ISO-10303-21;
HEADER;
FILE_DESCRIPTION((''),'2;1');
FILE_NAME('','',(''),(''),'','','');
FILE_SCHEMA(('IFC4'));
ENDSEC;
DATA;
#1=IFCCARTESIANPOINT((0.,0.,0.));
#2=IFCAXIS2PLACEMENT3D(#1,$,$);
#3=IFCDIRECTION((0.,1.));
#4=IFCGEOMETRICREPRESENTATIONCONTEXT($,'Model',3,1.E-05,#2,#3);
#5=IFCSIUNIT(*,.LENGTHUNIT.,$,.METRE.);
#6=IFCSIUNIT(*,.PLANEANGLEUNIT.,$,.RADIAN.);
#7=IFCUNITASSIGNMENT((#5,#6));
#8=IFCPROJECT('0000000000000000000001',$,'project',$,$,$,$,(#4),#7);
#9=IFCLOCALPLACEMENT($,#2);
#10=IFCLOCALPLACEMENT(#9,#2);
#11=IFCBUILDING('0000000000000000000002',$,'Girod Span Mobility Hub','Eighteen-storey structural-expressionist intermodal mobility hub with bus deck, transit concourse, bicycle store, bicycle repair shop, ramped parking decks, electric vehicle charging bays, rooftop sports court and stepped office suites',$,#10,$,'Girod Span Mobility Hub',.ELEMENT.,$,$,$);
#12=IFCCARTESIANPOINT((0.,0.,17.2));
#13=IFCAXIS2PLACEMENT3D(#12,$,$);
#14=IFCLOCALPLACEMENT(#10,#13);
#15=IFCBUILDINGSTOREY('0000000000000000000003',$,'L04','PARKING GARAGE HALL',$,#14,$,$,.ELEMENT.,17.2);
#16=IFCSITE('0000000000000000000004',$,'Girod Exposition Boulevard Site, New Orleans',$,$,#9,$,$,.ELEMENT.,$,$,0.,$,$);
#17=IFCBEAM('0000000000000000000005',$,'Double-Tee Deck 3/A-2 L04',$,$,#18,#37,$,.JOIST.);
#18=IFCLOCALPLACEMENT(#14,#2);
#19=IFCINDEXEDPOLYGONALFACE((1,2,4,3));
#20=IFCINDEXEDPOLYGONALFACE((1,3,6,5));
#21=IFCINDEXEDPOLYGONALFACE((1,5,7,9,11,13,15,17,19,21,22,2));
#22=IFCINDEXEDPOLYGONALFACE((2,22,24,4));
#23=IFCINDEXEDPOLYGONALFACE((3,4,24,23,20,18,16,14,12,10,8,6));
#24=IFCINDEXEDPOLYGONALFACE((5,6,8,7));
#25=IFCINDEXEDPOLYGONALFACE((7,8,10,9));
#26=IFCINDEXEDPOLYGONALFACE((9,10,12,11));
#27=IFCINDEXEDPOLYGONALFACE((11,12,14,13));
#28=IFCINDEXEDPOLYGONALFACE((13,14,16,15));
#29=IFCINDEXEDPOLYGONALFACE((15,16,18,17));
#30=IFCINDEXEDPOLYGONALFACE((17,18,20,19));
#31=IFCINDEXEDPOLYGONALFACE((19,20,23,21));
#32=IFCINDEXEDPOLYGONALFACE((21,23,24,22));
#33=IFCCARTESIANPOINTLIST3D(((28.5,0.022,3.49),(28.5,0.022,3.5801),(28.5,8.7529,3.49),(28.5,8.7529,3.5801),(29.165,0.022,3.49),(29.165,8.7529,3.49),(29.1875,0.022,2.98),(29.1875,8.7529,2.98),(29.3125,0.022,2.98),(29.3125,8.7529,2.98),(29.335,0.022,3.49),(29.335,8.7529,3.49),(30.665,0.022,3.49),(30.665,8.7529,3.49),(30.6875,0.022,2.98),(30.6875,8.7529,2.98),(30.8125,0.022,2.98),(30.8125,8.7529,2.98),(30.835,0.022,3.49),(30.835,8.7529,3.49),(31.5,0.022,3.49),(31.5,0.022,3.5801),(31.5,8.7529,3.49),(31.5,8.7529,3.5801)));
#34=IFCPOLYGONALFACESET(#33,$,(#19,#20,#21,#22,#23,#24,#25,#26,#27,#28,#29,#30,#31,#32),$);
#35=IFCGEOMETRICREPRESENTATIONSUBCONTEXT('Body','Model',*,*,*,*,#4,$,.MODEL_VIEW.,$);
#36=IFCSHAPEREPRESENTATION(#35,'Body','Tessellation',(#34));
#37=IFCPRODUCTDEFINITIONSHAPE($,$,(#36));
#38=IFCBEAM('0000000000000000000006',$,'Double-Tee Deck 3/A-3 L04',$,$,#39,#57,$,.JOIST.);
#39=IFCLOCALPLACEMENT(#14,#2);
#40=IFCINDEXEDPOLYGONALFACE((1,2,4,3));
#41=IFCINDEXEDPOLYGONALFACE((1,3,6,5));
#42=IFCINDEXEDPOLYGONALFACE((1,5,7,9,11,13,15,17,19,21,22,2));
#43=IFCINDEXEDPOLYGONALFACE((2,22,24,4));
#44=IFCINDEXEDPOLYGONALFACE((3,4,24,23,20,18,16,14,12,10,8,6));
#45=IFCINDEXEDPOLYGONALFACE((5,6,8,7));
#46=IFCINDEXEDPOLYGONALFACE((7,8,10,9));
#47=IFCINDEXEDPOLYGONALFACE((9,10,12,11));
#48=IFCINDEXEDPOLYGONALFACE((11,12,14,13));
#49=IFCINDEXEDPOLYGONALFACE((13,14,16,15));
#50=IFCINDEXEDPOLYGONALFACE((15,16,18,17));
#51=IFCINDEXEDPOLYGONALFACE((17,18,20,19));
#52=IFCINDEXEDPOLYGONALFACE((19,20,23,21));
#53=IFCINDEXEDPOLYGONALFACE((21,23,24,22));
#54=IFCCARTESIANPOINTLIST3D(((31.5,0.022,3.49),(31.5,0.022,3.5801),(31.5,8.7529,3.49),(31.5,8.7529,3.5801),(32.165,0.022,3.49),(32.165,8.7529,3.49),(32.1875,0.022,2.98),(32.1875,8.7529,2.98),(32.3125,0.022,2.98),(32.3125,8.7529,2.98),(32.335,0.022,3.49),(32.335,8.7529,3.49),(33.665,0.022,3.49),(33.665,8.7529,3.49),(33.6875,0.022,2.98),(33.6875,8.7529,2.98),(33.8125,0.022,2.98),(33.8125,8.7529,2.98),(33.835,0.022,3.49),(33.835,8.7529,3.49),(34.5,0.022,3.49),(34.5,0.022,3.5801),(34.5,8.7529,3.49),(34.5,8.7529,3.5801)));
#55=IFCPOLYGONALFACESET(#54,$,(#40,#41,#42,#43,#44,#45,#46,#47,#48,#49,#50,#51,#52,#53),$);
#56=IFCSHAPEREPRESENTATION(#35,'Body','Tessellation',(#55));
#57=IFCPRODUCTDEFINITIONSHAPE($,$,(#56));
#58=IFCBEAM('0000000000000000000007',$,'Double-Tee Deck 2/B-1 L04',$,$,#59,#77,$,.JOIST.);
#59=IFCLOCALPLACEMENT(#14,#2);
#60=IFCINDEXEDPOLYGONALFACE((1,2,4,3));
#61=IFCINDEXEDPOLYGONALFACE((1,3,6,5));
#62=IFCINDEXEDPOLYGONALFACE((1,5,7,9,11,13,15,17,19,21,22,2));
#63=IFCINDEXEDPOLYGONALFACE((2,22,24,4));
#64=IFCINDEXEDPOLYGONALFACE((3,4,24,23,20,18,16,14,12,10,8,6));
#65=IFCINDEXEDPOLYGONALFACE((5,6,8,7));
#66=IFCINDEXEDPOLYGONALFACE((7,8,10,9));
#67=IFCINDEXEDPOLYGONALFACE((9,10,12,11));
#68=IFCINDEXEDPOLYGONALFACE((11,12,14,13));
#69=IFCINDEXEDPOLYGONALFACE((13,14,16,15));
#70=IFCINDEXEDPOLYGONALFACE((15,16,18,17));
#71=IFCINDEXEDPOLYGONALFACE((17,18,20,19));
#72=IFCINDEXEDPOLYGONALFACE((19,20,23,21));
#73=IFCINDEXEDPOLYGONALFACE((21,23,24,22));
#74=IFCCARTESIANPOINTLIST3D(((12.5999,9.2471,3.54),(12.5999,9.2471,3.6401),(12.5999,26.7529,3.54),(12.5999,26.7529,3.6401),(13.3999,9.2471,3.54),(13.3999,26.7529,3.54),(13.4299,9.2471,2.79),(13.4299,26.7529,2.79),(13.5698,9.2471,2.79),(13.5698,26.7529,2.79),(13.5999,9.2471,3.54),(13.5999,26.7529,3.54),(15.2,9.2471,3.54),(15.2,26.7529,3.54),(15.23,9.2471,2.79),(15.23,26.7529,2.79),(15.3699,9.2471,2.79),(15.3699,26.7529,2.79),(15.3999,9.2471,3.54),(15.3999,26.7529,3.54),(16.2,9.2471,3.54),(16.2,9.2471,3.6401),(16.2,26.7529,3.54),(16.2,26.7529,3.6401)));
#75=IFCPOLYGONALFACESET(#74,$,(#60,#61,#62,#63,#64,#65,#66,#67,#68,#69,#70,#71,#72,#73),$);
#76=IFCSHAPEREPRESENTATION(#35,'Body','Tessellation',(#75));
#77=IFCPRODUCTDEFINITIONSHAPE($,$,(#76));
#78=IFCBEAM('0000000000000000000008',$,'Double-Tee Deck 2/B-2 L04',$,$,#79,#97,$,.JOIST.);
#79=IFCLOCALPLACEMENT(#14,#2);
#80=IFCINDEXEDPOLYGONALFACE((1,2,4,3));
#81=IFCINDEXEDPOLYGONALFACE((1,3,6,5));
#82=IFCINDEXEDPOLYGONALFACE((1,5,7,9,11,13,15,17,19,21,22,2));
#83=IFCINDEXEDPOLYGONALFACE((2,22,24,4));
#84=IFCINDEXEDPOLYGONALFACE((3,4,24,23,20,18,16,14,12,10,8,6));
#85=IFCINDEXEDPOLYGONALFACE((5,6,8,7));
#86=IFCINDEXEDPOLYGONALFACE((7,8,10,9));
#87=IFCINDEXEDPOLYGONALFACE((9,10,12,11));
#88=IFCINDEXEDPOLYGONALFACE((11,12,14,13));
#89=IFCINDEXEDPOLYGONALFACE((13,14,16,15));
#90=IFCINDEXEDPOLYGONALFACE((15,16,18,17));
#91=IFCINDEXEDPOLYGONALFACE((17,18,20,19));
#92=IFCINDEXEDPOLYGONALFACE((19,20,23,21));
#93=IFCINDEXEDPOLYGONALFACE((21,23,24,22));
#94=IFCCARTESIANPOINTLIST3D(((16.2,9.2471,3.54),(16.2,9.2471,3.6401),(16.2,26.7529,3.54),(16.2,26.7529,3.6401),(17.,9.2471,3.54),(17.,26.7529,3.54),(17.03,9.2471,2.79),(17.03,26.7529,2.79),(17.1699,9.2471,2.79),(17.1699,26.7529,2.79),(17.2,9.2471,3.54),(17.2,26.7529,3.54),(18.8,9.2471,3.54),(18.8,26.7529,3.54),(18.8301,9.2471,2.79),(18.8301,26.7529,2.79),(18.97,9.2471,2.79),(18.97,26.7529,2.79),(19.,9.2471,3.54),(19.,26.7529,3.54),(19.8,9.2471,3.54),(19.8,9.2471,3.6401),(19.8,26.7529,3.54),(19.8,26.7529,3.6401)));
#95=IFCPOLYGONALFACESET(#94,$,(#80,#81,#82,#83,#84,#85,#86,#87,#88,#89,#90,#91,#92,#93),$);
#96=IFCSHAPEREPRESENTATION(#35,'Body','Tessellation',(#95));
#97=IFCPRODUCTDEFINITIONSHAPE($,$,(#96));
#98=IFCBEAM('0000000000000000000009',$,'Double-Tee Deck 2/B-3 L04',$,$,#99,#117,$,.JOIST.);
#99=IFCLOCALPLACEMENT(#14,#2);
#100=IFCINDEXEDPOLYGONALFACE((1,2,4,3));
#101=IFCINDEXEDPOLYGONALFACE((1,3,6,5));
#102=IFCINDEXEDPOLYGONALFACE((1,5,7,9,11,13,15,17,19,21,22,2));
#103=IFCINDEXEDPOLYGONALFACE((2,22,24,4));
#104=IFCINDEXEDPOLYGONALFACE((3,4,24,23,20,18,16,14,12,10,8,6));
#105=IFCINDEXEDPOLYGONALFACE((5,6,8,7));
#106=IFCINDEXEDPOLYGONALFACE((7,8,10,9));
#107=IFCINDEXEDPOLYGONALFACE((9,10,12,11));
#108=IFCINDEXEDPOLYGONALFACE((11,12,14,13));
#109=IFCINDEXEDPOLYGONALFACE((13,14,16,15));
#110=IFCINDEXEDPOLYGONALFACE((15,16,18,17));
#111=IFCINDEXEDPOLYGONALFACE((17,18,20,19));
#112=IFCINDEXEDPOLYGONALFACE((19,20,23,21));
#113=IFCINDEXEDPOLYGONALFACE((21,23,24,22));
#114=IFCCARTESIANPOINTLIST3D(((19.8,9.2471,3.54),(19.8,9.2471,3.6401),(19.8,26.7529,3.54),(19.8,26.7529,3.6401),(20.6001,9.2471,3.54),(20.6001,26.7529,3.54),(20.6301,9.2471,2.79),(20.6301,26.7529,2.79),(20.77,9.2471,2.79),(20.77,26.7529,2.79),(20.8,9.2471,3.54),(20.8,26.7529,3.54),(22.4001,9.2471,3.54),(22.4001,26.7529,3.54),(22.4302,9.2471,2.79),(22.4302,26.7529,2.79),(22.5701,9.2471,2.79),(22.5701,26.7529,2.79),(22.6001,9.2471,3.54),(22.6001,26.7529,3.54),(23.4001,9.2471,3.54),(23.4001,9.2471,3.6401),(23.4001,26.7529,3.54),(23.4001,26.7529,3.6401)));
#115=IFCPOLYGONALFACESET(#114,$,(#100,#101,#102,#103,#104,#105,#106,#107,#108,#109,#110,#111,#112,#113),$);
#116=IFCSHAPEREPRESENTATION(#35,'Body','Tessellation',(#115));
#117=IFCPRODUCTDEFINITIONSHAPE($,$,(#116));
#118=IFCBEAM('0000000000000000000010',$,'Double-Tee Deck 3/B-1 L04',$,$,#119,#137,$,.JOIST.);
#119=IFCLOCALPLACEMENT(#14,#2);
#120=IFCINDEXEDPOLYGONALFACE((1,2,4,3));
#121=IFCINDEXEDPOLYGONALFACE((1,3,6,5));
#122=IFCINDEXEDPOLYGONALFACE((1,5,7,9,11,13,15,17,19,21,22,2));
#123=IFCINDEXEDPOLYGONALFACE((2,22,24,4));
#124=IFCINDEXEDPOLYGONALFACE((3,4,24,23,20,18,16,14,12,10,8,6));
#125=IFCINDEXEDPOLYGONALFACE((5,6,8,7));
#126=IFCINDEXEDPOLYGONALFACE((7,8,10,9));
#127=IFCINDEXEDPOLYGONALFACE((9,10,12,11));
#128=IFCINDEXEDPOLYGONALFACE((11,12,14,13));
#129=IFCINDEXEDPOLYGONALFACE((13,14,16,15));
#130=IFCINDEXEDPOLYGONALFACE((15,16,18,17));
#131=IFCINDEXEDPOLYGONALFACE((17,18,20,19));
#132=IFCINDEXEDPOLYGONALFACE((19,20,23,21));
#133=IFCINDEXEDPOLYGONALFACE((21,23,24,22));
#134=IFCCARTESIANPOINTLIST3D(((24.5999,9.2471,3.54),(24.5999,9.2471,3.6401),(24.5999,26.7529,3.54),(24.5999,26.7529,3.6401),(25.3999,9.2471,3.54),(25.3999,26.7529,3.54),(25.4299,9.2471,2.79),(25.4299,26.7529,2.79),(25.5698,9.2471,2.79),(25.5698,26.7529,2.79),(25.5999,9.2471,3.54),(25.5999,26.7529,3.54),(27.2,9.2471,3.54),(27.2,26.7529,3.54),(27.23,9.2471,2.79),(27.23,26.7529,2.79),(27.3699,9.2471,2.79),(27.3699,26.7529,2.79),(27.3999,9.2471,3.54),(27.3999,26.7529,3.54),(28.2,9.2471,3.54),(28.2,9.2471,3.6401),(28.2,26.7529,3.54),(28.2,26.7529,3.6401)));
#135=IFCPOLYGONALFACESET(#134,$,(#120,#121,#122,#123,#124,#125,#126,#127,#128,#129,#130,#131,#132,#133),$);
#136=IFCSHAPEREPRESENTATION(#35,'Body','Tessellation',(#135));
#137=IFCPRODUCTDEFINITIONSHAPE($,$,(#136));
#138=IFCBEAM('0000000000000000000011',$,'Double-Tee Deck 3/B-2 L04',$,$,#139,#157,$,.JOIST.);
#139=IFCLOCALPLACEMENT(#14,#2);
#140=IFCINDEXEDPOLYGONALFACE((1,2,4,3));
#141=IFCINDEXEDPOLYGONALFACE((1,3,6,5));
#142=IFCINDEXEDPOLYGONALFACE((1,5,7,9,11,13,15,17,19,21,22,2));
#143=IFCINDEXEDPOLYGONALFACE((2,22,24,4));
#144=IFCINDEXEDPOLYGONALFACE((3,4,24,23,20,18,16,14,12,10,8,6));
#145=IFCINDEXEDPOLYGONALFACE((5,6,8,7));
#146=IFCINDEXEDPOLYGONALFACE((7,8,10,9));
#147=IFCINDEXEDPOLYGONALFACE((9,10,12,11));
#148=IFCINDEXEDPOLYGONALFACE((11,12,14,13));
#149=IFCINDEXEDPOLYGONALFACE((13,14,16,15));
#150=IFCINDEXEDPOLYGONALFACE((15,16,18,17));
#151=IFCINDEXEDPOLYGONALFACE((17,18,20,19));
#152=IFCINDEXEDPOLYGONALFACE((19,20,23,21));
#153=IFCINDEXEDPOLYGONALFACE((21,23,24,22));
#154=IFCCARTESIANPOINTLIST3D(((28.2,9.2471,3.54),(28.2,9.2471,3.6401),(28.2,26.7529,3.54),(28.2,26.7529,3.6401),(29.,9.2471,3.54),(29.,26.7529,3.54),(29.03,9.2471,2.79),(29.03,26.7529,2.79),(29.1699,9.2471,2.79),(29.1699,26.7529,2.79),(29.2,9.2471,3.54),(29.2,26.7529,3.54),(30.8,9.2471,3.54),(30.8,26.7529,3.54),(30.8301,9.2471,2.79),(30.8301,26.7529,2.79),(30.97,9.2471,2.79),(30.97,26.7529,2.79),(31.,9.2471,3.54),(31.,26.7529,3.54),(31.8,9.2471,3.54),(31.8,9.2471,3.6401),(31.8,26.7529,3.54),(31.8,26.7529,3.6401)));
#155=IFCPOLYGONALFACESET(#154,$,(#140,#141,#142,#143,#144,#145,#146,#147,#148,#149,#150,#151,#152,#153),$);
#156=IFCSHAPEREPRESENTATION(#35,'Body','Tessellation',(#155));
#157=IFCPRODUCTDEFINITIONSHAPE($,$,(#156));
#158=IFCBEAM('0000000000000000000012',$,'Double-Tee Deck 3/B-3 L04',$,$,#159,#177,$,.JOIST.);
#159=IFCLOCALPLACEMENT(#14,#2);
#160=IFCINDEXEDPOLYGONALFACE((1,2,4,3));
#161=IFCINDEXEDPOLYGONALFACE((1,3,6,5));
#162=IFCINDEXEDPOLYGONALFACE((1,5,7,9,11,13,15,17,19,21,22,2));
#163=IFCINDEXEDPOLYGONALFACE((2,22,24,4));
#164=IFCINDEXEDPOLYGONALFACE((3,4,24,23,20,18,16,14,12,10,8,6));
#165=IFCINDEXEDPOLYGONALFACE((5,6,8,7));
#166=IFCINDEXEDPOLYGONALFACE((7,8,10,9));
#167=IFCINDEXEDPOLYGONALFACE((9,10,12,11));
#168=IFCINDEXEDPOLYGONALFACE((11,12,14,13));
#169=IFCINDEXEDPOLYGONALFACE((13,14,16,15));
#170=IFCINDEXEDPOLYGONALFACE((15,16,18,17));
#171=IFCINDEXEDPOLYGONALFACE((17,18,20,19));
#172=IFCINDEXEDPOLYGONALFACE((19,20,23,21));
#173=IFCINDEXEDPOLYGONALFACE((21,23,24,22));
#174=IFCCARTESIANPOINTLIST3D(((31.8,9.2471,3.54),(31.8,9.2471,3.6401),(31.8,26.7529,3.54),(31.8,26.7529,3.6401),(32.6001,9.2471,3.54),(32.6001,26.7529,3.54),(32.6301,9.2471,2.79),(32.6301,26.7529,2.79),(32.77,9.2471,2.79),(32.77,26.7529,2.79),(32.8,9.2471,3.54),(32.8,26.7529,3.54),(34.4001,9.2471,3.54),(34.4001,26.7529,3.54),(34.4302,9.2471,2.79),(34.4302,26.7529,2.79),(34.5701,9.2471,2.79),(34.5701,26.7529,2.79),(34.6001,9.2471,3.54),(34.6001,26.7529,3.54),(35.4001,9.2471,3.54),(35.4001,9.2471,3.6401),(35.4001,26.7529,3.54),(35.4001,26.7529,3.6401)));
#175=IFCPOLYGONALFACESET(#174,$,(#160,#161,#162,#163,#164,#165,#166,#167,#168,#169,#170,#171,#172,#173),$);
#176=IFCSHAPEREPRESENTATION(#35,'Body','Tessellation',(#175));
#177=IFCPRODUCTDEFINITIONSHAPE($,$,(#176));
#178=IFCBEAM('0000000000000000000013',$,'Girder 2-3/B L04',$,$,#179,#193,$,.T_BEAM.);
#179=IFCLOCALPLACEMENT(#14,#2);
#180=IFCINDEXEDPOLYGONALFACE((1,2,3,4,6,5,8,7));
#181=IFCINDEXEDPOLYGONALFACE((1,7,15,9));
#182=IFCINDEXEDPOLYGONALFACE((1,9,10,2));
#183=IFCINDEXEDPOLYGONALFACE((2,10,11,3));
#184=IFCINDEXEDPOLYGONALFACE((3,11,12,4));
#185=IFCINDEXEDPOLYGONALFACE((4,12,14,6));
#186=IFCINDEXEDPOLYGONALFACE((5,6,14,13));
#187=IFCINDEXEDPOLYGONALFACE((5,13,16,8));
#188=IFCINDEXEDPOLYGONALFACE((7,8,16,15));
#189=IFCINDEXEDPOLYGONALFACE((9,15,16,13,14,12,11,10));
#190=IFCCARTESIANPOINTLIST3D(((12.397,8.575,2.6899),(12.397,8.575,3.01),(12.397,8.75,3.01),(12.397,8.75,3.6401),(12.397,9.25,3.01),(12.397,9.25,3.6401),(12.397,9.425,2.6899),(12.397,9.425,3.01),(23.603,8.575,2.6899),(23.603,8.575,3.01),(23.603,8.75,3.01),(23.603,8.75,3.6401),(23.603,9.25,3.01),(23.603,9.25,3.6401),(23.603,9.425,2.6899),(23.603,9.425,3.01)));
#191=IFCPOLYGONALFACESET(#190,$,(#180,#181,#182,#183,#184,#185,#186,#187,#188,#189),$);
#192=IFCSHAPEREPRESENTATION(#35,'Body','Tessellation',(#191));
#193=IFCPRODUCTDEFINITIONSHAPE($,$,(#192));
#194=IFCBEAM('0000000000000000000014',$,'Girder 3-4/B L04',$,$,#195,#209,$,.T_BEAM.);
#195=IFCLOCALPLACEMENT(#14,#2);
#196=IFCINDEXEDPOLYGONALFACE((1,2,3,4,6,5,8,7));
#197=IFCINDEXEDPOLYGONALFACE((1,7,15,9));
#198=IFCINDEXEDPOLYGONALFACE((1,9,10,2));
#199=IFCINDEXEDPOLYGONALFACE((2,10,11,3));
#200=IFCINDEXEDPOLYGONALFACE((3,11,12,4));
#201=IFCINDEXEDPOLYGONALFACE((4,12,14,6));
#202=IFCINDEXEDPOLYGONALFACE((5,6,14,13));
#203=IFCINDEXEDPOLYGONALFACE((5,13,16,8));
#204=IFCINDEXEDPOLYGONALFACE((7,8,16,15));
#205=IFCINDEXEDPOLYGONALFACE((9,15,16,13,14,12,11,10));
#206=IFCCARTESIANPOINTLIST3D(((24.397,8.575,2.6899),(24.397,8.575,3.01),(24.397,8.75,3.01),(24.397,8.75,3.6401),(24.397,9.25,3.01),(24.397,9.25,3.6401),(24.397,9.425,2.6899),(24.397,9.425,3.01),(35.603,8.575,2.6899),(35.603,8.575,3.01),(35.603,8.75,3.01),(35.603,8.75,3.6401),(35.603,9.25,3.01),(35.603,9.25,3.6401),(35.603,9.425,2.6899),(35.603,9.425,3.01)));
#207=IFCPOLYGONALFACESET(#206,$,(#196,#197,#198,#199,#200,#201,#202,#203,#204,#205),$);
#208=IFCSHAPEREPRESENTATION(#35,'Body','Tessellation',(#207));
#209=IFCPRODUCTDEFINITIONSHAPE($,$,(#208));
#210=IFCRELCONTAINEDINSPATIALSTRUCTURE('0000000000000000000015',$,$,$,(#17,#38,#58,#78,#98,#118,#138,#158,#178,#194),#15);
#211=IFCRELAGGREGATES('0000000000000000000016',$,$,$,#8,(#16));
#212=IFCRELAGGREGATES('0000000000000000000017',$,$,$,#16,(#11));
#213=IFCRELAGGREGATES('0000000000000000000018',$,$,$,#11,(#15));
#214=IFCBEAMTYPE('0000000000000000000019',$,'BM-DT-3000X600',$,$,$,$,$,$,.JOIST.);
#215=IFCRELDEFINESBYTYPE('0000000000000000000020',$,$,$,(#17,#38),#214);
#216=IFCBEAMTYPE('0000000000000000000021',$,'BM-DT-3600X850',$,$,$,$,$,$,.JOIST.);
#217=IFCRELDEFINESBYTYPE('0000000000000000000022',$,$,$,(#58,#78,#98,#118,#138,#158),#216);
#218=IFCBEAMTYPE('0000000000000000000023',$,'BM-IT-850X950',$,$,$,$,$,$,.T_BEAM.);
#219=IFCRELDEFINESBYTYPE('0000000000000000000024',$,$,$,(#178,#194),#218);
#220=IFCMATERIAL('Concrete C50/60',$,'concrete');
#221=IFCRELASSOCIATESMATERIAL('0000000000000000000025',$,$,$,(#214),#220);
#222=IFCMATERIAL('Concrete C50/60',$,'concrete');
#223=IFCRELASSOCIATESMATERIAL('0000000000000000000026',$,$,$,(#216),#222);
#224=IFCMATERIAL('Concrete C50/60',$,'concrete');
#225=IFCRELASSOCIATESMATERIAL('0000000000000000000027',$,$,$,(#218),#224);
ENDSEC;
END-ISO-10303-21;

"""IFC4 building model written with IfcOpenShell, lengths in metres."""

from ifc_helpers import new_model, si_unit, direction, frame, origin, place, context, subcontext, project, spatial, polyline, outline, extrude, material, material_profile, profile_set, type_object, element, save


model = new_model("IFC4")

# Units and contexts
model_context = context("Model", 3, precision=1e-05, world=origin(), true_north=direction((0.0, 1.0)))
body_context = subcontext(model_context, "Body", "Model", "MODEL_VIEW")
ifc_project = project(units=[si_unit("LENGTHUNIT", "METRE"), si_unit("PLANEANGLEUNIT", "RADIAN")], contexts=[model_context])

# Site, building, storey
site_placement = place(None, origin())
site = spatial("IfcSite", under=ifc_project, at=site_placement, Name="Girod Exposition Boulevard Site, New Orleans", CompositionType="ELEMENT", RefElevation=0.0)
building_placement = place(site_placement, origin())
building = spatial("IfcBuilding", under=site, at=building_placement, Name="Girod Span Mobility Hub", Description="Eighteen-storey structural-expressionist intermodal mobility hub with bus deck, transit concourse, bicycle store, bicycle repair shop, ramped parking decks, electric vehicle charging bays, rooftop sports court and stepped office suites", LongName="Girod Span Mobility Hub", CompositionType="ELEMENT")
storey_placement = place(building_placement, frame((0.0, 0.0, 17.2)))
storey = spatial("IfcBuildingStorey", under=building, at=storey_placement, Name="L04", Description="PARKING GARAGE HALL", CompositionType="ELEMENT", Elevation=17.2)

# Beams
ifc_material_1 = material(Name="Concrete C50/60", Category="concrete")
ifc_material_profile_1 = material_profile(ifc_material_1, outline(polyline([(-1.5, 0.3), (-1.5, 0.21), (-0.835, 0.21), (-0.8125, -0.3), (-0.6875, -0.3), (-0.665, 0.21), (0.665, 0.21), (0.6875, -0.3), (0.8125, -0.3), (0.835, 0.21), (1.5, 0.21), (1.5, 0.3), (-1.5, 0.3)])), Name="DT-3000X600")
ifc_profile_set_1 = profile_set([ifc_material_profile_1], Name="Concrete C50/60")
beam_type_1 = type_object("IfcBeamType", Name="BM-DT-3000X600", PredefinedType="JOIST", material=ifc_profile_set_1)
for number, where, z_axis, x_axis, name in (
    (1, (30.0, 0.022, 3.28), (0.0, 1.0, 0.0), (-1.0, 0.0, 0.0), "Double-Tee Deck 3/A-2 L04"),
    (2, (33.0, 0.022, 3.28), (0.0, 1.0, 0.0), (-1.0, 0.0, 0.0), "Double-Tee Deck 3/A-3 L04"),
):
    element("IfcBeam", number, at=place(storey_placement, frame(where, z_axis=z_axis, x_axis=x_axis)), inside=storey, type_object=beam_type_1, Name=name, PredefinedType="JOIST", context=body_context, shape_type="SweptSolid", body=[
        extrude(outline(polyline([(-1.5, 0.3), (-1.5, 0.21), (-0.835, 0.21), (-0.8125, -0.3), (-0.6875, -0.3), (-0.665, 0.21), (0.665, 0.21), (0.6875, -0.3), (0.8125, -0.3), (0.835, 0.21), (1.5, 0.21), (1.5, 0.3), (-1.5, 0.3)])), origin(), (0.0, 0.0, 1.0), 8.731),
    ])
ifc_material_2 = material(Name="Concrete C50/60", Category="concrete")
ifc_material_profile_2 = material_profile(ifc_material_2, outline(polyline([(-1.8, 0.425), (-1.8, 0.325), (-1.0, 0.325), (-0.97, -0.425), (-0.8301, -0.425), (-0.8, 0.325), (0.8, 0.325), (0.8301, -0.425), (0.97, -0.425), (1.0, 0.325), (1.8, 0.325), (1.8, 0.425), (-1.8, 0.425)])), Name="DT-3600X850")
ifc_profile_set_2 = profile_set([ifc_material_profile_2], Name="Concrete C50/60")
beam_type_2 = type_object("IfcBeamType", Name="BM-DT-3600X850", PredefinedType="JOIST", material=ifc_profile_set_2)
for number, where, z_axis, x_axis, name in (
    (3, (14.3999, 9.2471, 3.2151), (0.0, 1.0, 0.0), (-1.0, 0.0, 0.0), "Double-Tee Deck 2/B-1 L04"),
    (4, (18.0, 9.2471, 3.2151), (0.0, 1.0, 0.0), (-1.0, 0.0, 0.0), "Double-Tee Deck 2/B-2 L04"),
    (5, (21.6001, 9.2471, 3.2151), (0.0, 1.0, 0.0), (-1.0, 0.0, 0.0), "Double-Tee Deck 2/B-3 L04"),
    (6, (26.3999, 9.2471, 3.2151), (0.0, 1.0, 0.0), (-1.0, 0.0, 0.0), "Double-Tee Deck 3/B-1 L04"),
    (7, (30.0, 9.2471, 3.2151), (0.0, 1.0, 0.0), (-1.0, 0.0, 0.0), "Double-Tee Deck 3/B-2 L04"),
    (8, (33.6001, 9.2471, 3.2151), (0.0, 1.0, 0.0), (-1.0, 0.0, 0.0), "Double-Tee Deck 3/B-3 L04"),
):
    element("IfcBeam", number, at=place(storey_placement, frame(where, z_axis=z_axis, x_axis=x_axis)), inside=storey, type_object=beam_type_2, Name=name, PredefinedType="JOIST", context=body_context, shape_type="SweptSolid", body=[
        extrude(outline(polyline([(-1.8, 0.425), (-1.8, 0.325), (-1.0, 0.325), (-0.97, -0.425), (-0.8301, -0.425), (-0.8, 0.325), (0.8, 0.325), (0.8301, -0.425), (0.97, -0.425), (1.0, 0.325), (1.8, 0.325), (1.8, 0.425), (-1.8, 0.425)])), origin(), (0.0, 0.0, 1.0), 17.5059),
    ])
ifc_material_3 = material(Name="Concrete C50/60", Category="concrete")
ifc_material_profile_3 = material_profile(ifc_material_3, outline(polyline([(-0.425, -0.4751), (0.425, -0.4751), (0.425, -0.155), (0.25, -0.155), (0.25, 0.4751), (-0.25, 0.4751), (-0.25, -0.155), (-0.425, -0.155), (-0.425, -0.4751)])), Name="IT-850X950")
ifc_profile_set_3 = profile_set([ifc_material_profile_3], Name="Concrete C50/60")
beam_type_3 = type_object("IfcBeamType", Name="BM-IT-850X950", PredefinedType="T_BEAM", material=ifc_profile_set_3)
for number, where, z_axis, x_axis, name in (
    (9, (12.397, 9.0, 3.165), (1.0, 0.0, 0.0), (0.0, 1.0, 0.0), "Girder 2-3/B L04"),
    (10, (24.397, 9.0, 3.165), (1.0, 0.0, 0.0), (0.0, 1.0, 0.0), "Girder 3-4/B L04"),
):
    element("IfcBeam", number, at=place(storey_placement, frame(where, z_axis=z_axis, x_axis=x_axis)), inside=storey, type_object=beam_type_3, Name=name, PredefinedType="T_BEAM", context=body_context, shape_type="SweptSolid", body=[
        extrude(outline(polyline([(-0.425, -0.4751), (0.425, -0.4751), (0.425, -0.155), (0.25, -0.155), (0.25, 0.4751), (-0.25, 0.4751), (-0.25, -0.155), (-0.425, -0.155), (-0.425, -0.4751)])), origin(), (0.0, 0.0, 1.0), 11.2061),
    ])

save(model, "model.ifc")
